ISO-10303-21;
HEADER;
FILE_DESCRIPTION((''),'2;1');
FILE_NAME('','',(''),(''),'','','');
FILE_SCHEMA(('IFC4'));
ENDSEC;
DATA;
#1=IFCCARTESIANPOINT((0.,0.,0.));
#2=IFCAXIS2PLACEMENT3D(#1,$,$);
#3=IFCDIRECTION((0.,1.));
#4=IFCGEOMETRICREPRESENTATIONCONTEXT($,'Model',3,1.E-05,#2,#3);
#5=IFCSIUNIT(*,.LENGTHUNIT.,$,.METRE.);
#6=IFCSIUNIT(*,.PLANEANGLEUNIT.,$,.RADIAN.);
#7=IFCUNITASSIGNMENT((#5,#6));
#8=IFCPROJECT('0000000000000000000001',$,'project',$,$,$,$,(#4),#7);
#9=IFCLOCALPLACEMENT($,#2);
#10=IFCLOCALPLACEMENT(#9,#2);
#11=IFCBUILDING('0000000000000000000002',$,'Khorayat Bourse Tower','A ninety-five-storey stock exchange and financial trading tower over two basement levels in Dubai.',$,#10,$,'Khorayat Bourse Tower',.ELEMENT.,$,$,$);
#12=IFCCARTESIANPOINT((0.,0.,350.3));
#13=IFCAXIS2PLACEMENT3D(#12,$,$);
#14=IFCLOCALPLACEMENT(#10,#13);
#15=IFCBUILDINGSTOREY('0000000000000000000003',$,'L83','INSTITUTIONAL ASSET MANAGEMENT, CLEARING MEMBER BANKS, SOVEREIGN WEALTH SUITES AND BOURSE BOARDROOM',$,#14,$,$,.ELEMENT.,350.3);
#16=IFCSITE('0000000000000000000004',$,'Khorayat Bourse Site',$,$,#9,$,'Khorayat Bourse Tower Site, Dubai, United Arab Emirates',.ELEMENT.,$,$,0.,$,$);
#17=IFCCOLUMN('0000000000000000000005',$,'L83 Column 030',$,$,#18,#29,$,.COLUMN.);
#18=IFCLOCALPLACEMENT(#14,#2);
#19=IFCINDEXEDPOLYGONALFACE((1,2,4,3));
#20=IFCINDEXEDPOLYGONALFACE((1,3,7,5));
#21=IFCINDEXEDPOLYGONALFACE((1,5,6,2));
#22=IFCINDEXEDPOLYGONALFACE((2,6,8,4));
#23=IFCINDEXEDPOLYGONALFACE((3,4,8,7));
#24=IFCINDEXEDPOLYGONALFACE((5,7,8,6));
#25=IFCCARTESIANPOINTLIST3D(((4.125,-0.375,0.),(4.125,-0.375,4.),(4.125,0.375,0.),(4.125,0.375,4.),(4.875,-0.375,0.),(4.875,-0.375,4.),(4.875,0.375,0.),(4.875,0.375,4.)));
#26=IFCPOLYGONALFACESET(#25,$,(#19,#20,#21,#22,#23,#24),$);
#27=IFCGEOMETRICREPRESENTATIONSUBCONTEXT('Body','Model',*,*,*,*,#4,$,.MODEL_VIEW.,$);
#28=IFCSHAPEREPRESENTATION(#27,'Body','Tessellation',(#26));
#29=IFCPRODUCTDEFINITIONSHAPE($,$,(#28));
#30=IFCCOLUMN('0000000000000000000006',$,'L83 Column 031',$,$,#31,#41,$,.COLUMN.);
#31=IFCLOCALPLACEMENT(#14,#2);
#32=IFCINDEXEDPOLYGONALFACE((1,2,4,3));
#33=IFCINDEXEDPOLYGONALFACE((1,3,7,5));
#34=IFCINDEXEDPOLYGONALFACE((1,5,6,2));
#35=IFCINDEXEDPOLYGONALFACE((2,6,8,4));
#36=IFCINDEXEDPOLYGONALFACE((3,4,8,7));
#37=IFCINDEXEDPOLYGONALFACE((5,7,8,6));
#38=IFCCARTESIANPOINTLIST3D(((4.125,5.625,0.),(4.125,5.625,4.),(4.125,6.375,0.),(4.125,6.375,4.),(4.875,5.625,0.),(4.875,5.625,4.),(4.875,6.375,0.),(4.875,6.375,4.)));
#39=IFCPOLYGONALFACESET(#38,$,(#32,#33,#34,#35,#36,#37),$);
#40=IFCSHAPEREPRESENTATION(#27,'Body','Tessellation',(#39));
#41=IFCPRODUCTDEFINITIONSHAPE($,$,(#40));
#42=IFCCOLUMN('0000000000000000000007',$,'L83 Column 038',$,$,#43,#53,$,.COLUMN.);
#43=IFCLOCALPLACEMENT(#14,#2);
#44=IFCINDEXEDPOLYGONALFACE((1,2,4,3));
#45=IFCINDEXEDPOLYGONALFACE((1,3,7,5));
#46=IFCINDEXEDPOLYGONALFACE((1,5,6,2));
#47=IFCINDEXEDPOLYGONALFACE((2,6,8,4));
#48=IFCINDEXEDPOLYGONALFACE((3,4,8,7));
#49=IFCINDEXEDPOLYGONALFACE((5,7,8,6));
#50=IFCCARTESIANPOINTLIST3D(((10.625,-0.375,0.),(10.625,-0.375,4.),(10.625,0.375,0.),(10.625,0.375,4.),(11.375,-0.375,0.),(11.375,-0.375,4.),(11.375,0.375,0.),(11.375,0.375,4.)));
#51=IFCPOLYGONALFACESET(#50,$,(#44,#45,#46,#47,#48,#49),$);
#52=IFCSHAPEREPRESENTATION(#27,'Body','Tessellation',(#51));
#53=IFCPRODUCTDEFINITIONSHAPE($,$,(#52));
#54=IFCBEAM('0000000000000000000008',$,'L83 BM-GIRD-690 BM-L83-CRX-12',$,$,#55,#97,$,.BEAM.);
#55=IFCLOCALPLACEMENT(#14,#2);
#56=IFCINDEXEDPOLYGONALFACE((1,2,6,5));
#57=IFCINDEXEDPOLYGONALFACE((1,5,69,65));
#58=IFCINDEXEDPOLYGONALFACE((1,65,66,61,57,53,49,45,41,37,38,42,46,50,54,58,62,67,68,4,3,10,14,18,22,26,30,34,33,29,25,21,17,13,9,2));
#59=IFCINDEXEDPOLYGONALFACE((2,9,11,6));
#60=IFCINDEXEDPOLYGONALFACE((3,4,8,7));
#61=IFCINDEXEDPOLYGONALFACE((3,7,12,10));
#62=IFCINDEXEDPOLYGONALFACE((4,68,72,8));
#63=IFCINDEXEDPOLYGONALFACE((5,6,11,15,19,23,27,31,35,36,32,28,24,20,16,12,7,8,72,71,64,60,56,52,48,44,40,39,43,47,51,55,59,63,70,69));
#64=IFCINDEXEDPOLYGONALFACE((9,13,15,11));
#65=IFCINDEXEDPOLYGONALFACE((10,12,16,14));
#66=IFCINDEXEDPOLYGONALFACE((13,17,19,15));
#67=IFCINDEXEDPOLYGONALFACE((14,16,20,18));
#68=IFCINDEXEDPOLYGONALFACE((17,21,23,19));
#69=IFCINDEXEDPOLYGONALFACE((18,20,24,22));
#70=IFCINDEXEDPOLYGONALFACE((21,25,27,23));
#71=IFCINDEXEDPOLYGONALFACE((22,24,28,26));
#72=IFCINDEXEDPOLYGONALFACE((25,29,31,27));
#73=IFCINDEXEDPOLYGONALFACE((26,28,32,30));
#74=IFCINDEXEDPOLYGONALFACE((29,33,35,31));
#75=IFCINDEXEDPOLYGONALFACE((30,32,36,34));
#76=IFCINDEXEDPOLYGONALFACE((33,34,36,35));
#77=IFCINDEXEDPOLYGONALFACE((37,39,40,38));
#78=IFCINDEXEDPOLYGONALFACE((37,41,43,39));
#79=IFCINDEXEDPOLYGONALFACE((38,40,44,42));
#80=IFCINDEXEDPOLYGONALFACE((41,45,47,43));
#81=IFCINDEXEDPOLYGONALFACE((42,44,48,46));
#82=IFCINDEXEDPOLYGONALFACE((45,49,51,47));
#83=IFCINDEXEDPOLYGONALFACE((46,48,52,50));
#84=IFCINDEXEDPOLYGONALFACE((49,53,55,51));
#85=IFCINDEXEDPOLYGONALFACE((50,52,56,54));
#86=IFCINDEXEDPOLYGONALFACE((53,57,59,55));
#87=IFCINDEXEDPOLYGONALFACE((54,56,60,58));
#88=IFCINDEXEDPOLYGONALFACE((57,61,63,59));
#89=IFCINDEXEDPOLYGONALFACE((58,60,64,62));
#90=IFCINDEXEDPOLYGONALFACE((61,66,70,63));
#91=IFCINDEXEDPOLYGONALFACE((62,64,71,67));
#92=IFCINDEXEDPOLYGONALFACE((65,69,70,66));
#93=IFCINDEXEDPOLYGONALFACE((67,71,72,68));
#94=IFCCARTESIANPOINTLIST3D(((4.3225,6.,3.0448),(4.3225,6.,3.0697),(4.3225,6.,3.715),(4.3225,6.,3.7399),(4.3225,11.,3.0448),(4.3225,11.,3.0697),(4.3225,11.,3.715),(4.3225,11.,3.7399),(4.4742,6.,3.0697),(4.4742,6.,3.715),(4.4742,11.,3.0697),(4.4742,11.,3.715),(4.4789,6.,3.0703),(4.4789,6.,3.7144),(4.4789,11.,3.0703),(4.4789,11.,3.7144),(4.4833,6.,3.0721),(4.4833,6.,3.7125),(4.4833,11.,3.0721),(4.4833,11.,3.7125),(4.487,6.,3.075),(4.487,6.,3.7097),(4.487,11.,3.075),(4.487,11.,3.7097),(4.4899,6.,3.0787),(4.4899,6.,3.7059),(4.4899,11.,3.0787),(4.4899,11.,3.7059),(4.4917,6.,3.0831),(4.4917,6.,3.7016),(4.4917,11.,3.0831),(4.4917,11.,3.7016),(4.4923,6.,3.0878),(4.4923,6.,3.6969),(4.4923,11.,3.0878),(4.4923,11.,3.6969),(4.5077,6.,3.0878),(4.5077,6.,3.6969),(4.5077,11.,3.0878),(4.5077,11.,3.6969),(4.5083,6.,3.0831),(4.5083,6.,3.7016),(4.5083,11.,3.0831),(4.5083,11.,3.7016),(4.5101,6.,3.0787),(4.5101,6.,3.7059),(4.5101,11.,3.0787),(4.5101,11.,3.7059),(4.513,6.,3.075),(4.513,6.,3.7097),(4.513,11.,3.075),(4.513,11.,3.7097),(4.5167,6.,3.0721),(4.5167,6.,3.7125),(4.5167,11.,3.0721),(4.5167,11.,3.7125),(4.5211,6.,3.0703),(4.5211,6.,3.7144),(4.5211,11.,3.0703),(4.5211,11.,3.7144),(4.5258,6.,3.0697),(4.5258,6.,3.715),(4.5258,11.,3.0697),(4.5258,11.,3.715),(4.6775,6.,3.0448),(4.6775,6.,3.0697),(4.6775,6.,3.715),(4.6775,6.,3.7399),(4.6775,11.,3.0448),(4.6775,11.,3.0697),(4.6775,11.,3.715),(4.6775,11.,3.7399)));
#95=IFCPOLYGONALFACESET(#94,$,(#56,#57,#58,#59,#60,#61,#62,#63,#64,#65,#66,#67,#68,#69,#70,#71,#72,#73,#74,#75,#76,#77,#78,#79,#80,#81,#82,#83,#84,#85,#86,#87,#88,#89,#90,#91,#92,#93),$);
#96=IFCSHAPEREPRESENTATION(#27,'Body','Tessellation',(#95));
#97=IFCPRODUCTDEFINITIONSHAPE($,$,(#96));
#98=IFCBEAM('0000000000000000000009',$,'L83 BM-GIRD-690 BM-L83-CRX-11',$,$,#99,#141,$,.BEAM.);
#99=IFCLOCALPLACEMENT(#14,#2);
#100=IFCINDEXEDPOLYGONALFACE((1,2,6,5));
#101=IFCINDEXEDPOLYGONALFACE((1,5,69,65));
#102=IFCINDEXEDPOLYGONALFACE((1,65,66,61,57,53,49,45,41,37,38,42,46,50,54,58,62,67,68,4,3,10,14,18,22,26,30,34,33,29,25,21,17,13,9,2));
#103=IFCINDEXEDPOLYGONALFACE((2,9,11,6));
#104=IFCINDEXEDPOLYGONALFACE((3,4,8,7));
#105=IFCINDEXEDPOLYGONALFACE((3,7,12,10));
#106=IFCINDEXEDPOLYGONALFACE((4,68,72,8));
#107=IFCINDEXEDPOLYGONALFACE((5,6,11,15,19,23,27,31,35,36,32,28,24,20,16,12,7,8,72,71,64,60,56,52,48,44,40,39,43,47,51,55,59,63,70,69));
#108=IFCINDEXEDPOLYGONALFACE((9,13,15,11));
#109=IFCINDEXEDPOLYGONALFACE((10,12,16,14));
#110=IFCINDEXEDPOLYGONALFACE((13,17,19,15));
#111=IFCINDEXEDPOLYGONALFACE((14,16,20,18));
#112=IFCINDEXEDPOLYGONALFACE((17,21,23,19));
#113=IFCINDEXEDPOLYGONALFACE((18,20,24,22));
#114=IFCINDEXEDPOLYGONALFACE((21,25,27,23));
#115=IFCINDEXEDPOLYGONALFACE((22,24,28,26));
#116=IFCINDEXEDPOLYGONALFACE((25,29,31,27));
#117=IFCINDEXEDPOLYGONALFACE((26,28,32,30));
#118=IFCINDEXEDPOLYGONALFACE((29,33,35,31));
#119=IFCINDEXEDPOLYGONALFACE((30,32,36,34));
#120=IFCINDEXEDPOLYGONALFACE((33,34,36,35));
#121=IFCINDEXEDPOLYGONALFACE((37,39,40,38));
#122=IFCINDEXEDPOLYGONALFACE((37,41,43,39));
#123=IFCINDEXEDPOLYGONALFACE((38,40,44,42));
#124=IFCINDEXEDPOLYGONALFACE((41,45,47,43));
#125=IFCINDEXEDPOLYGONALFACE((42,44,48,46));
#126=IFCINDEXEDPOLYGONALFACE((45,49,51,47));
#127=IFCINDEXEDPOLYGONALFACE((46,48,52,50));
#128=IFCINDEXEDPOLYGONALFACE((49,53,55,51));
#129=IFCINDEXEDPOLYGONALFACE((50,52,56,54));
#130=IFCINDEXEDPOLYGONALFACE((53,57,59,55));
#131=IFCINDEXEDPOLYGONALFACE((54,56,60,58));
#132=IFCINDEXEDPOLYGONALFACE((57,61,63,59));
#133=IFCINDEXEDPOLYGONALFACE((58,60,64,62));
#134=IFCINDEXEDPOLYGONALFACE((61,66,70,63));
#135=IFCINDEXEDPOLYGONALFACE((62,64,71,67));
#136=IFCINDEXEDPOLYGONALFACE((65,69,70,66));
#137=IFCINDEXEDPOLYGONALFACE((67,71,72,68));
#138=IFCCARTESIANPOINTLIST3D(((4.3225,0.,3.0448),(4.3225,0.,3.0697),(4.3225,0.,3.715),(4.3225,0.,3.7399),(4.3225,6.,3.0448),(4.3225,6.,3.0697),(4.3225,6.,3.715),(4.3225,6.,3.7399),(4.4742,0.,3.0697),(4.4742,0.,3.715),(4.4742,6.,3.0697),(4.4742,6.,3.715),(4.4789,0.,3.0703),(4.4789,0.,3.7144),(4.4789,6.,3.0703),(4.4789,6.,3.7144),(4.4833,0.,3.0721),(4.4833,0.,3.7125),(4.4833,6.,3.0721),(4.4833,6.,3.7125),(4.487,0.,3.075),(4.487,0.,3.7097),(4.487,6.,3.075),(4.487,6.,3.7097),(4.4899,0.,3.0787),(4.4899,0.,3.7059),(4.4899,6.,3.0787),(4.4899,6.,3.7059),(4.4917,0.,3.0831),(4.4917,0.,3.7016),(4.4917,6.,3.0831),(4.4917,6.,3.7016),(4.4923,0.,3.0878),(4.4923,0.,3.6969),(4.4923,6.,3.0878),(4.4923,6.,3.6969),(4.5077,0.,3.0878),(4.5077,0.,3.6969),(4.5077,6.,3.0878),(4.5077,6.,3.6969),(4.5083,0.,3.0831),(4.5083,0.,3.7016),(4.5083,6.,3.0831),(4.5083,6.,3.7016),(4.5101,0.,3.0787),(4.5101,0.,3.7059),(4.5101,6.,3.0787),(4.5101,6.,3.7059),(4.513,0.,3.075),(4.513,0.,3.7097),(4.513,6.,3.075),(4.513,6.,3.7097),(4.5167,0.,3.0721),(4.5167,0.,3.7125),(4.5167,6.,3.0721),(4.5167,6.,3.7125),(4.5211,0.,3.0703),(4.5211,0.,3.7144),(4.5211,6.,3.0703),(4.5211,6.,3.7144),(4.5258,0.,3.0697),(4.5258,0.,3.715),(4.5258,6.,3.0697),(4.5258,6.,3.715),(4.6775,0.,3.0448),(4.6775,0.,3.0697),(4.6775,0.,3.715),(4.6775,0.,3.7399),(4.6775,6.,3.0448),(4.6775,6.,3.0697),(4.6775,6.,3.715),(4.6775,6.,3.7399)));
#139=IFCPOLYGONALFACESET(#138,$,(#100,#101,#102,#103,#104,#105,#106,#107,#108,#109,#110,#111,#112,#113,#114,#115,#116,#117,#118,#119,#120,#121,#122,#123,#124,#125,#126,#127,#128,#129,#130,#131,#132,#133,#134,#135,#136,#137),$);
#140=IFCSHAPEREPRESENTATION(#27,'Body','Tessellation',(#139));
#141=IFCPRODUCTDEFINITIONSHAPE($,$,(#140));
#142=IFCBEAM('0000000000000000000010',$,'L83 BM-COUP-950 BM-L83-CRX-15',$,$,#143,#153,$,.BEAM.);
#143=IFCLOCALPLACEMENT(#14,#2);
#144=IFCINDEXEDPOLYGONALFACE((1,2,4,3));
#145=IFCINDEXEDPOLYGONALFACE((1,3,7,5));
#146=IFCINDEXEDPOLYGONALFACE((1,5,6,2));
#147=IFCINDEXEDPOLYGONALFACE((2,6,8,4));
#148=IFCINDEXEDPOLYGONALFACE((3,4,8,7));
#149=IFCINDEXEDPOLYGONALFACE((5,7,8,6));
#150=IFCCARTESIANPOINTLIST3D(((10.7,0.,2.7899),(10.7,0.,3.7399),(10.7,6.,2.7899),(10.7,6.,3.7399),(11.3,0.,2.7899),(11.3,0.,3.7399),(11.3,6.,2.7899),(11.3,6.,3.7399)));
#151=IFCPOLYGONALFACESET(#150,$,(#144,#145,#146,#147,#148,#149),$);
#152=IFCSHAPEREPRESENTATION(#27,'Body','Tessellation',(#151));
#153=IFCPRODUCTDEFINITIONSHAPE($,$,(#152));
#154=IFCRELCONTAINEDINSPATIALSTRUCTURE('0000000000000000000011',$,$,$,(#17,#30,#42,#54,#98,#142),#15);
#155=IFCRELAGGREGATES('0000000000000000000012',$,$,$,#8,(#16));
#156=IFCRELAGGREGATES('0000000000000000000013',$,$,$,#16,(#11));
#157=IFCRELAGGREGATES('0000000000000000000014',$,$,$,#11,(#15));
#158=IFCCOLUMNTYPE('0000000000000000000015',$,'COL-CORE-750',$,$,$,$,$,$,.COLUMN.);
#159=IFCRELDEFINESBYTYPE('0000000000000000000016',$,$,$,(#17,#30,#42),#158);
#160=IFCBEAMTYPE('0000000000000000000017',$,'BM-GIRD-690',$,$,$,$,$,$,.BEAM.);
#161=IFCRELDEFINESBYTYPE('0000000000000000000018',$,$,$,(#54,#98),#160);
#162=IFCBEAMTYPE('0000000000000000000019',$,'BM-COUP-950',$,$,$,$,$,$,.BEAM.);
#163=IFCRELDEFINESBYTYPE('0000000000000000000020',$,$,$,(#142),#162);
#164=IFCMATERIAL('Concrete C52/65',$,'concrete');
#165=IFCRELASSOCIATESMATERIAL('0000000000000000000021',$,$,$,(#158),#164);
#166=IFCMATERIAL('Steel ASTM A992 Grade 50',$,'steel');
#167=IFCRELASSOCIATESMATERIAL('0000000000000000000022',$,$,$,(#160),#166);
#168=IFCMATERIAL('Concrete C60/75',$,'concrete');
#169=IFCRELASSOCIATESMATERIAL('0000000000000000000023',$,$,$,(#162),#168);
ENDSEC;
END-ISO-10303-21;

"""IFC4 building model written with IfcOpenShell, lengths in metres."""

from ifc_helpers import new_model, si_unit, direction, frame, origin, origin_2d, place, context, subcontext, project, spatial, rectangle, i_section, extrude, source, transform, mapped, material, material_profile, profile_set, type_object, element, save


model = new_model("IFC4")

# Units and contexts
model_context = context("Model", 3, precision=1e-05, world=origin(), true_north=direction((0.0, 1.0)))
body_context = subcontext(model_context, "Body", "Model", "MODEL_VIEW")
ifc_project = project(units=[si_unit("LENGTHUNIT", "METRE"), si_unit("PLANEANGLEUNIT", "RADIAN")], contexts=[model_context])

# Site, building, storey
site_placement = place(None, origin())
site = spatial("IfcSite", under=ifc_project, at=site_placement, Name="Khorayat Bourse Site", LongName="Khorayat Bourse Tower Site, Dubai, United Arab Emirates", CompositionType="ELEMENT", RefElevation=0.0)
building_placement = place(site_placement, origin())
building = spatial("IfcBuilding", under=site, at=building_placement, Name="Khorayat Bourse Tower", Description="A ninety-five-storey stock exchange and financial trading tower over two basement levels in Dubai.", LongName="Khorayat Bourse Tower", CompositionType="ELEMENT")
storey_placement = place(building_placement, frame((0.0, 0.0, 350.3)))
storey = spatial("IfcBuildingStorey", under=building, at=storey_placement, Name="L83", Description="INSTITUTIONAL ASSET MANAGEMENT, CLEARING MEMBER BANKS, SOVEREIGN WEALTH SUITES AND BOURSE BOARDROOM", CompositionType="ELEMENT", Elevation=350.3)

# Columns
ifc_material_1 = material(Name="Concrete C52/65", Category="concrete")
ifc_material_profile_1 = material_profile(ifc_material_1, rectangle(XDim=0.75, YDim=0.75, at=origin_2d()), Name="RC 750x750")
ifc_profile_set_1 = profile_set([ifc_material_profile_1], Name="Concrete C52/65")
column_type = type_object("IfcColumnType", Name="COL-CORE-750", PredefinedType="COLUMN", material=ifc_profile_set_1)
shared_shape_1 = source(origin(), body_context, "Body", "SweptSolid", [
    extrude(rectangle(XDim=0.75, YDim=0.75, at=origin_2d()), origin(), (0.0, 0.0, 1.0), 4.0),
])
for number, where, z_axis, x_axis, name in (
    (1, (4.5, 0.0, 0.0), (0.0, 0.0, 1.0), (1.0, 0.0, 0.0), "L83 Column 030"),
    (2, (4.5, 6.0, 0.0), (0.0, 0.0, 1.0), (1.0, 0.0, 0.0), "L83 Column 031"),
    (3, (11.0, 0.0, 0.0), (0.0, 0.0, 1.0), (1.0, 0.0, 0.0), "L83 Column 038"),
):
    element("IfcColumn", number, at=place(storey_placement, frame(where, z_axis=z_axis, x_axis=x_axis)), inside=storey, type_object=column_type, Name=name, PredefinedType="COLUMN", context=body_context, shape_type="MappedRepresentation", body=[
        mapped(shared_shape_1, transform((0.0, 0.0, 0.0), scale=1.0)),
    ])

# Beams
ifc_material_2 = material(Name="Steel ASTM A992 Grade 50", Category="steel")
ifc_material_profile_2 = material_profile(ifc_material_2, i_section(OverallWidth=0.355, OverallDepth=0.6951, WebThickness=0.0154, FlangeThickness=0.0249, FilletRadius=0.0181, at=origin_2d()), Name="W690X217")
ifc_profile_set_2 = profile_set([ifc_material_profile_2], Name="Steel ASTM A992 Grade 50")
beam_type_1 = type_object("IfcBeamType", Name="BM-GIRD-690", PredefinedType="BEAM", material=ifc_profile_set_2)
shared_shape_2 = source(origin(), body_context, "Body", "SweptSolid", [
    extrude(i_section(OverallWidth=0.355, OverallDepth=0.6951, WebThickness=0.0154, FlangeThickness=0.0249, FilletRadius=0.0181, at=origin_2d()), origin(), (0.0, 0.0, 1.0), 5.0),
])
beam_1_placement = place(storey_placement, frame((4.5, 6.0, 3.3923), z_axis=(0.0, 1.0, 0.0), x_axis=(-1.0, 0.0, 0.0)))
element("IfcBeam", 4, at=beam_1_placement, inside=storey, type_object=beam_type_1, Name="L83 BM-GIRD-690 BM-L83-CRX-12", PredefinedType="BEAM", context=body_context, shape_type="MappedRepresentation", body=[
    mapped(shared_shape_2, transform((0.0, 0.0, 0.0), scale=1.0)),
])
shared_shape_3 = source(origin(), body_context, "Body", "SweptSolid", [
    extrude(i_section(OverallWidth=0.355, OverallDepth=0.6951, WebThickness=0.0154, FlangeThickness=0.0249, FilletRadius=0.0181, at=origin_2d()), origin(), (0.0, 0.0, 1.0), 6.0),
])
beam_2_placement = place(storey_placement, frame((4.5, 0.0, 3.3923), z_axis=(0.0, 1.0, 0.0), x_axis=(-1.0, 0.0, 0.0)))
element("IfcBeam", 5, at=beam_2_placement, inside=storey, type_object=beam_type_1, Name="L83 BM-GIRD-690 BM-L83-CRX-11", PredefinedType="BEAM", context=body_context, shape_type="MappedRepresentation", body=[
    mapped(shared_shape_3, transform((0.0, 0.0, 0.0), scale=1.0)),
])
ifc_material_3 = material(Name="Concrete C60/75", Category="concrete")
ifc_material_profile_3 = material_profile(ifc_material_3, rectangle(XDim=0.6001, YDim=0.95, at=origin_2d()), Name="RC 600x950")
ifc_profile_set_3 = profile_set([ifc_material_profile_3], Name="Concrete C60/75")
beam_type_2 = type_object("IfcBeamType", Name="BM-COUP-950", PredefinedType="BEAM", material=ifc_profile_set_3)
shared_shape_4 = source(origin(), body_context, "Body", "SweptSolid", [
    extrude(rectangle(XDim=0.6001, YDim=0.95, at=origin_2d()), origin(), (0.0, 0.0, 1.0), 6.0),
])
beam_3_placement = place(storey_placement, frame((11.0, 0.0, 3.2649), z_axis=(0.0, 1.0, 0.0), x_axis=(-1.0, 0.0, 0.0)))
element("IfcBeam", 6, at=beam_3_placement, inside=storey, type_object=beam_type_2, Name="L83 BM-COUP-950 BM-L83-CRX-15", PredefinedType="BEAM", context=body_context, shape_type="MappedRepresentation", body=[
    mapped(shared_shape_4, transform((0.0, 0.0, 0.0), scale=1.0)),
])

save(model, "model.ifc")
